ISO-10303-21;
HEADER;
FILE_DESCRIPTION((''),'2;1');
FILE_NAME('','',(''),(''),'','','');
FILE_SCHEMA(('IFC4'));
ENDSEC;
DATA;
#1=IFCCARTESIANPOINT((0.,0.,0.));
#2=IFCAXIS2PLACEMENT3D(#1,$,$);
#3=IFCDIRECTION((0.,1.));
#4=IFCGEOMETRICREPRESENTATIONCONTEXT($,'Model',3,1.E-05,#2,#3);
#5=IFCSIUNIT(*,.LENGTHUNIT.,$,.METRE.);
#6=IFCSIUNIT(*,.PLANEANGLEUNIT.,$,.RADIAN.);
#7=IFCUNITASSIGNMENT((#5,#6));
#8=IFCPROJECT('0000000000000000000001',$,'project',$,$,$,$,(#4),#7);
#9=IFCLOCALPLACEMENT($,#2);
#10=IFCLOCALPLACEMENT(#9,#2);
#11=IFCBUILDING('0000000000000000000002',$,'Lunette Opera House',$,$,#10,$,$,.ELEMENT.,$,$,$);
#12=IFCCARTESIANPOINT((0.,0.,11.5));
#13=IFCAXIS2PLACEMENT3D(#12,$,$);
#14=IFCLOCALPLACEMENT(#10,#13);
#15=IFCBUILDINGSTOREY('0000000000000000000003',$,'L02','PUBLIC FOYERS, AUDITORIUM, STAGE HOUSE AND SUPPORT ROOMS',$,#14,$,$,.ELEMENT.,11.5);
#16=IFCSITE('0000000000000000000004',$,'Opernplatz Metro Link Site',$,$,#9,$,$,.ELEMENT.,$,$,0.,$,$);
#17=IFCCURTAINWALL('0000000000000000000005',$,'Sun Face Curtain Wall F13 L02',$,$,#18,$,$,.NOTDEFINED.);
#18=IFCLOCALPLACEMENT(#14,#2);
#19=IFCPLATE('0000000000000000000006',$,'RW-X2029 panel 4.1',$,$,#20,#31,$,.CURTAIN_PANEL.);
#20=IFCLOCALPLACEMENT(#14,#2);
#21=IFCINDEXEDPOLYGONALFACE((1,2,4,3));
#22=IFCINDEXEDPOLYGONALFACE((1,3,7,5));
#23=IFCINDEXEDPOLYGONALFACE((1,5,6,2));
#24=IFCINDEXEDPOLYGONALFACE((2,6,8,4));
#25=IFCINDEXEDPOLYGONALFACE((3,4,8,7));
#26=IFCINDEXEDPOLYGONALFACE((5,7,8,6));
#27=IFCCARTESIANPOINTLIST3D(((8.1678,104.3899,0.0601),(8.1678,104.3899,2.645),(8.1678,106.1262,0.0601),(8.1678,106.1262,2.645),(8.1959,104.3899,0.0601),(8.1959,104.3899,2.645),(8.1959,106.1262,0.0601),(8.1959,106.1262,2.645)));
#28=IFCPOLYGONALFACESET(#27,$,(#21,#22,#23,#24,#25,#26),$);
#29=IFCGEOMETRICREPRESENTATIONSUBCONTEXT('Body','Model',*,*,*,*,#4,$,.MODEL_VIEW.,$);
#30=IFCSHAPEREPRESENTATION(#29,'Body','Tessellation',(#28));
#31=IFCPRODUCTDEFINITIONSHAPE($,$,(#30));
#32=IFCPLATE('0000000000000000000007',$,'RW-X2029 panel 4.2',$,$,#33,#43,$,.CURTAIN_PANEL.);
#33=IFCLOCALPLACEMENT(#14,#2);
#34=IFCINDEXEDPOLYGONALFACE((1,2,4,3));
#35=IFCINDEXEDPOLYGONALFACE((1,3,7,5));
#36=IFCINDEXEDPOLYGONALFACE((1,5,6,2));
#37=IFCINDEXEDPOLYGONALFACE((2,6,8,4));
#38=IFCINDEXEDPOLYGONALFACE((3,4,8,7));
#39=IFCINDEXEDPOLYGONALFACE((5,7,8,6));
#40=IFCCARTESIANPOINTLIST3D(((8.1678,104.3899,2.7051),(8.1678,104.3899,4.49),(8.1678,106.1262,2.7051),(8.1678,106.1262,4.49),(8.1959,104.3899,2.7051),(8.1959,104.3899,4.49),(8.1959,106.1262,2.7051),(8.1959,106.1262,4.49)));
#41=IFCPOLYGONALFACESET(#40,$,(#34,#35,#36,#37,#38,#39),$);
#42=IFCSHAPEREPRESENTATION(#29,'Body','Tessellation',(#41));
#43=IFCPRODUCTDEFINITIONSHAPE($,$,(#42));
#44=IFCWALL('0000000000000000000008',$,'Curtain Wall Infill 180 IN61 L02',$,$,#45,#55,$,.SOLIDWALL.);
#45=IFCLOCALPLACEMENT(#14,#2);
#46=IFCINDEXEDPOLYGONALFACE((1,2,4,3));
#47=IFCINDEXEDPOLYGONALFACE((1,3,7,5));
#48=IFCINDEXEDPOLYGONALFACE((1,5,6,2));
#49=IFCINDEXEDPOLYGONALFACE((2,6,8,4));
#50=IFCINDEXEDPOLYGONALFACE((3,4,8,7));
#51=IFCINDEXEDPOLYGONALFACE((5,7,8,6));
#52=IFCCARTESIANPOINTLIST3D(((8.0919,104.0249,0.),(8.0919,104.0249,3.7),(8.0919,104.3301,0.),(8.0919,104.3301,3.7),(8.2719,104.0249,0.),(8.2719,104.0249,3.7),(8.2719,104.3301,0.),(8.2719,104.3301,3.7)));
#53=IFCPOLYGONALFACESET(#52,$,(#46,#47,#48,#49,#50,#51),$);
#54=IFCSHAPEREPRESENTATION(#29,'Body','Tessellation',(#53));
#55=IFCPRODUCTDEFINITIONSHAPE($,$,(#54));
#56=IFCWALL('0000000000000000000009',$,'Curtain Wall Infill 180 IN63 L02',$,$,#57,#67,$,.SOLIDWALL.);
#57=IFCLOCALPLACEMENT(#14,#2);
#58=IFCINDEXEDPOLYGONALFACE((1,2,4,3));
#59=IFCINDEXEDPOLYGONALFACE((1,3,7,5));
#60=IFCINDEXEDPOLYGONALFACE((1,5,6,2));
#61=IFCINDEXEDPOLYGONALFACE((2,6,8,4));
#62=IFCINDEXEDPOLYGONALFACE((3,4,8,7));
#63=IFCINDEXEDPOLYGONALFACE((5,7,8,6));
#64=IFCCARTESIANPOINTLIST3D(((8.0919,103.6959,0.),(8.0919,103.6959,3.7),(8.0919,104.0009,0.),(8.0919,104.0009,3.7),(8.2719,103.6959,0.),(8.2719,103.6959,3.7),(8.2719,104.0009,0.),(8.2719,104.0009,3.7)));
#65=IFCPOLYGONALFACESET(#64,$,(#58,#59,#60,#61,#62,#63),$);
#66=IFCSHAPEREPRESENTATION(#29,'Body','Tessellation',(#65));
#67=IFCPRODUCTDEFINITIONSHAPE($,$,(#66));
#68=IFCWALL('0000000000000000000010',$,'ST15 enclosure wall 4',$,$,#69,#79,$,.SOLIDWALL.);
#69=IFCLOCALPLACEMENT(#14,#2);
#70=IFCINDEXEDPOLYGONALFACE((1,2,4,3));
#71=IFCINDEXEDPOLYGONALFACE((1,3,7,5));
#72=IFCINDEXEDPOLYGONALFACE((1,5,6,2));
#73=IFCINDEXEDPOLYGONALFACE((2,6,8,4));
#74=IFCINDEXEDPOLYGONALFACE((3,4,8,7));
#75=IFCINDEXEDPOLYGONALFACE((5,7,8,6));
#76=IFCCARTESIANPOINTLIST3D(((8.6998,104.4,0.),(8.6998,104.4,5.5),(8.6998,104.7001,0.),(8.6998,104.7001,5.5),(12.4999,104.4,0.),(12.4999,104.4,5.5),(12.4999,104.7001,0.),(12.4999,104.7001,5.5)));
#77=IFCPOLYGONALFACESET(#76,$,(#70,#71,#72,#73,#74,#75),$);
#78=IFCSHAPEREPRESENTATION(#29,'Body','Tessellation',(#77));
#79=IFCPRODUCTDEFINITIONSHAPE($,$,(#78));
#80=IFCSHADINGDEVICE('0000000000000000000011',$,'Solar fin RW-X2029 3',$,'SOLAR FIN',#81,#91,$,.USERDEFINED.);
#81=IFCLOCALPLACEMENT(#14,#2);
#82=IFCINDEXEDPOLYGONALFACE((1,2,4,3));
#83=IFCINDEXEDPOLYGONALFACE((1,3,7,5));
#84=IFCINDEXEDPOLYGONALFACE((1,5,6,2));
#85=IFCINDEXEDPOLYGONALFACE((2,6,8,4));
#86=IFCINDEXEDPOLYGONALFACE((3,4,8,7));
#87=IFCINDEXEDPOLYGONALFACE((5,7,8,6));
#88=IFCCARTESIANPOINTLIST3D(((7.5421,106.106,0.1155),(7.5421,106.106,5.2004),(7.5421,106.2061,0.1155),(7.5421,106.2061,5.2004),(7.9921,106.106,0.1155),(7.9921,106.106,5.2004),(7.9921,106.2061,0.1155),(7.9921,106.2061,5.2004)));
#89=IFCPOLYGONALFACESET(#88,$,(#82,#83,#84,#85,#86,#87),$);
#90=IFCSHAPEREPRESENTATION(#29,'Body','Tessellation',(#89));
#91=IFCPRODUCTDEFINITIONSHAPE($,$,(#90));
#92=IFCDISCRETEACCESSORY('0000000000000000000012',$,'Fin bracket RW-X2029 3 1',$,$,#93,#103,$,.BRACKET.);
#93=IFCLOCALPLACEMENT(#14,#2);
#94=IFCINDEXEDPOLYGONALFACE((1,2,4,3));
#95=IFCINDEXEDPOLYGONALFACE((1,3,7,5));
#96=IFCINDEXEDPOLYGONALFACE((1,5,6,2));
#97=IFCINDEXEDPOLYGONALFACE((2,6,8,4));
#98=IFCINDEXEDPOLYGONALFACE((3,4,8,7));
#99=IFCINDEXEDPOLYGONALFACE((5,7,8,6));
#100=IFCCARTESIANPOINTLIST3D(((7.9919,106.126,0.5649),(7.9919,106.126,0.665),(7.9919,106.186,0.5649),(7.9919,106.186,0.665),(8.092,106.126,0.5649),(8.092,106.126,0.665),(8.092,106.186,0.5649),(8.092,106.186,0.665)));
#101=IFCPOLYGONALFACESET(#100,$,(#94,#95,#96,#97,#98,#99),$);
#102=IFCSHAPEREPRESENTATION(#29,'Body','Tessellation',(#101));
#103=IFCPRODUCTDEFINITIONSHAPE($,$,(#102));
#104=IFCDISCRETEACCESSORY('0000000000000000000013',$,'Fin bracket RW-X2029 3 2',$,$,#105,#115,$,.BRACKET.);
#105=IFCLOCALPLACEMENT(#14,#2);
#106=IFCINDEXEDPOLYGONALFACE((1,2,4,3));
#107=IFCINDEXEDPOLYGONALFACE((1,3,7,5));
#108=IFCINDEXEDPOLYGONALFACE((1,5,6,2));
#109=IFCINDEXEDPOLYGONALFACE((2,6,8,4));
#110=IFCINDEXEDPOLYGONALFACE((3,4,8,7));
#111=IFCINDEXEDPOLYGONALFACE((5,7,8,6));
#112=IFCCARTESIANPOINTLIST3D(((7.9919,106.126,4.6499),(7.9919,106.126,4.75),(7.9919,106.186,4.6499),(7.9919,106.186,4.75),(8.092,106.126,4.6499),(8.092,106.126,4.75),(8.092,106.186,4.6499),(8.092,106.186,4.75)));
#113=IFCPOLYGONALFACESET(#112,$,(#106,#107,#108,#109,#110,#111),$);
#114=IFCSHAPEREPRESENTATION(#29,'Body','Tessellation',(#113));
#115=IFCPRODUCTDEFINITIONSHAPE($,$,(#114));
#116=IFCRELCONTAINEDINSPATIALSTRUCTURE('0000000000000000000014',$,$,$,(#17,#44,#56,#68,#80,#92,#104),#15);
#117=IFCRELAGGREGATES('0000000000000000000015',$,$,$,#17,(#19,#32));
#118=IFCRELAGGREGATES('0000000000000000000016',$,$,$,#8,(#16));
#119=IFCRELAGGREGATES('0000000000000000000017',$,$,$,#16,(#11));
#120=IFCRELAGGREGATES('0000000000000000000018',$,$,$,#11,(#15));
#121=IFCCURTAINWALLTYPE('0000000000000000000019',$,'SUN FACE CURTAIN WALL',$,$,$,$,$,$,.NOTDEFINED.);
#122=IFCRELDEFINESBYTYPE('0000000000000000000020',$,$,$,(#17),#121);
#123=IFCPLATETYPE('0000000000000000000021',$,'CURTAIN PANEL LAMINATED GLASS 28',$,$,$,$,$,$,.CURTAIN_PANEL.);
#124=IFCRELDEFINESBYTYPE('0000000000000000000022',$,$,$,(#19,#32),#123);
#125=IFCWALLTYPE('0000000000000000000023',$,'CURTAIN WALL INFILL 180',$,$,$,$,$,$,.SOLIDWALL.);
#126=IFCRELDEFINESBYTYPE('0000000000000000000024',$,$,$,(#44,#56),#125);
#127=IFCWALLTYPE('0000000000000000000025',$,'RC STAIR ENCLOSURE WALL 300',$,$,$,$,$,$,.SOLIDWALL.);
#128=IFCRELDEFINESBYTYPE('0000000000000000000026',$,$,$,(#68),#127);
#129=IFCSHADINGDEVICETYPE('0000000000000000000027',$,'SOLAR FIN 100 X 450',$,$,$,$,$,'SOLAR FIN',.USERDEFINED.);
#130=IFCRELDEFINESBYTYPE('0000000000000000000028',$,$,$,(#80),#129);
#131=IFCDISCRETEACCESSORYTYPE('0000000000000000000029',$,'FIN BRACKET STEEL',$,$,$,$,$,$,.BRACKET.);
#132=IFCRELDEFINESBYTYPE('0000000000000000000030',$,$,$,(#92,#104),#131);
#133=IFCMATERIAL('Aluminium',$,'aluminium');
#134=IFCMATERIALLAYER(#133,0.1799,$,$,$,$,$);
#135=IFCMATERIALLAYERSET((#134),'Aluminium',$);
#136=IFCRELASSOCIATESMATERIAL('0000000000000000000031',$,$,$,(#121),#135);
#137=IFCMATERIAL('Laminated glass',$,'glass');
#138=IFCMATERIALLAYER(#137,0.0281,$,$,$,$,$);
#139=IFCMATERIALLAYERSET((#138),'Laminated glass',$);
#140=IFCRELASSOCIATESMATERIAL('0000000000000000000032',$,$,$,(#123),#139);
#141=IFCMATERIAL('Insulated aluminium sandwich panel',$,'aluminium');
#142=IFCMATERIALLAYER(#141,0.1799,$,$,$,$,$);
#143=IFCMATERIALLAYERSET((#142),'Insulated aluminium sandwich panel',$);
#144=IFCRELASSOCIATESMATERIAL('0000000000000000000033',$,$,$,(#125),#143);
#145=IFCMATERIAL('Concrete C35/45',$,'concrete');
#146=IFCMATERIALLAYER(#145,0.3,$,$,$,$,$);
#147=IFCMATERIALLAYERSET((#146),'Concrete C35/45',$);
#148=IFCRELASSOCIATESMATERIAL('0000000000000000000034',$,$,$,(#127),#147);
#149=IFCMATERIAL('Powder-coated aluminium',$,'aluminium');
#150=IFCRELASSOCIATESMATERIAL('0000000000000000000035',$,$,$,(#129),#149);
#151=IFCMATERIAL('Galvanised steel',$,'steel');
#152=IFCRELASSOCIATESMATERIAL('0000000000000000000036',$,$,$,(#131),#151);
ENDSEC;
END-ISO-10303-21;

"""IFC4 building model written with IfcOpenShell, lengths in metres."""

from ifc_helpers import new_model, si_unit, direction, frame, frame_2d, origin, origin_2d, place, context, subcontext, project, spatial, rectangle, extrude, material, layer, layer_set, type_object, element, aggregate, save


model = new_model("IFC4")

# Units and contexts
model_context = context("Model", 3, precision=1e-05, world=origin(), true_north=direction((0.0, 1.0)))
body_context = subcontext(model_context, "Body", "Model", "MODEL_VIEW")
ifc_project = project(units=[si_unit("LENGTHUNIT", "METRE"), si_unit("PLANEANGLEUNIT", "RADIAN")], contexts=[model_context])

# Site, building, storey
site_placement = place(None, origin())
site = spatial("IfcSite", under=ifc_project, at=site_placement, Name="Opernplatz Metro Link Site", CompositionType="ELEMENT", RefElevation=0.0)
building_placement = place(site_placement, origin())
building = spatial("IfcBuilding", under=site, at=building_placement, Name="Lunette Opera House", CompositionType="ELEMENT")
storey_placement = place(building_placement, frame((0.0, 0.0, 11.5)))
storey = spatial("IfcBuildingStorey", under=building, at=storey_placement, Name="L02", Description="PUBLIC FOYERS, AUDITORIUM, STAGE HOUSE AND SUPPORT ROOMS", CompositionType="ELEMENT", Elevation=11.5)

# Curtain wall
ifc_material_1 = material(Name="Aluminium", Category="aluminium")
ifc_layer_1 = layer(ifc_material_1, 0.1799)
ifc_layer_set_1 = layer_set([ifc_layer_1], Name="Aluminium")
curtain_wall_type = type_object("IfcCurtainWallType", Name="SUN FACE CURTAIN WALL", PredefinedType="NOTDEFINED", material=ifc_layer_set_1)
curtain_wall_1_placement = place(storey_placement, origin())
curtain_wall_1 = element("IfcCurtainWall", 1, at=curtain_wall_1_placement, inside=storey, type_object=curtain_wall_type, Name="Sun Face Curtain Wall F13 L02", PredefinedType="NOTDEFINED")

# Plates
ifc_material_2 = material(Name="Laminated glass", Category="glass")
ifc_layer_2 = layer(ifc_material_2, 0.0281)
ifc_layer_set_2 = layer_set([ifc_layer_2], Name="Laminated glass")
plate_type = type_object("IfcPlateType", Name="CURTAIN PANEL LAMINATED GLASS 28", PredefinedType="CURTAIN_PANEL", material=ifc_layer_set_2)
plate_1_placement = place(storey_placement, frame((8.1819, 105.2581, 0.0601), z_axis=(0.0, 0.0, 1.0), x_axis=(0.0, -1.0, 0.0)))
plate_1 = element("IfcPlate", 2, at=plate_1_placement, type_object=plate_type, Name="RW-X2029 panel 4.1", PredefinedType="CURTAIN_PANEL", context=body_context, shape_type="SweptSolid", body=[
    extrude(rectangle(XDim=1.7363, YDim=0.0281, at=origin_2d()), origin(), (0.0, 0.0, 1.0), 2.585),
])
plate_2_placement = place(storey_placement, frame((8.1819, 105.2581, 2.7051), z_axis=(0.0, 0.0, 1.0), x_axis=(0.0, -1.0, 0.0)))
plate_2 = element("IfcPlate", 3, at=plate_2_placement, type_object=plate_type, Name="RW-X2029 panel 4.2", PredefinedType="CURTAIN_PANEL", context=body_context, shape_type="SweptSolid", body=[
    extrude(rectangle(XDim=1.7363, YDim=0.0281, at=origin_2d()), origin(), (0.0, 0.0, 1.0), 1.7849),
])
aggregate(curtain_wall_1, [plate_1, plate_2])

# Walls
ifc_material_3 = material(Name="Insulated aluminium sandwich panel", Category="aluminium")
ifc_layer_3 = layer(ifc_material_3, 0.1799)
ifc_layer_set_3 = layer_set([ifc_layer_3], Name="Insulated aluminium sandwich panel")
wall_type_1 = type_object("IfcWallType", Name="CURTAIN WALL INFILL 180", PredefinedType="SOLIDWALL", material=ifc_layer_set_3)
wall_1_placement = place(storey_placement, frame((8.1819, 104.3301, 0.0), z_axis=(0.0, 0.0, 1.0), x_axis=(0.0, -1.0, 0.0)))
element("IfcWall", 4, at=wall_1_placement, inside=storey, type_object=wall_type_1, Name="Curtain Wall Infill 180 IN61 L02", PredefinedType="SOLIDWALL", context=body_context, shape_type="SweptSolid", body=[
    extrude(rectangle(XDim=0.3052, YDim=0.1799, at=frame_2d((0.1526, 0.0))), origin(), (0.0, 0.0, 1.0), 3.7),
])
wall_2_placement = place(storey_placement, frame((8.1819, 103.696, 0.0), z_axis=(0.0, 0.0, 1.0), x_axis=(0.0, 1.0, 0.0)))
element("IfcWall", 5, at=wall_2_placement, inside=storey, type_object=wall_type_1, Name="Curtain Wall Infill 180 IN63 L02", PredefinedType="SOLIDWALL", context=body_context, shape_type="SweptSolid", body=[
    extrude(rectangle(XDim=0.3049, YDim=0.1799, at=frame_2d((0.1523, 0.0))), origin(), (0.0, 0.0, 1.0), 3.7),
])
ifc_material_4 = material(Name="Concrete C35/45", Category="concrete")
ifc_layer_4 = layer(ifc_material_4, 0.3)
ifc_layer_set_4 = layer_set([ifc_layer_4], Name="Concrete C35/45")
wall_type_2 = type_object("IfcWallType", Name="RC STAIR ENCLOSURE WALL 300", PredefinedType="SOLIDWALL", material=ifc_layer_set_4)
wall_3_placement = place(storey_placement, frame((8.7, 104.55, 0.0), z_axis=(0.0, 0.0, 1.0), x_axis=(1.0, 0.0, 0.0)))
element("IfcWall", 6, at=wall_3_placement, inside=storey, type_object=wall_type_2, Name="ST15 enclosure wall 4", PredefinedType="SOLIDWALL", context=body_context, shape_type="SweptSolid", body=[
    extrude(rectangle(XDim=3.8, YDim=0.3, at=frame_2d((1.8999, 0.0))), origin(), (0.0, 0.0, 1.0), 5.5),
])

# Shading device
ifc_material_5 = material(Name="Powder-coated aluminium", Category="aluminium")
shading_device_type = type_object("IfcShadingDeviceType", Name="SOLAR FIN 100 X 450", ElementType="SOLAR FIN", PredefinedType="USERDEFINED", material=ifc_material_5)
shading_device_placement = place(storey_placement, frame((7.7671, 106.156, 0.1155), z_axis=(0.0, 0.0, 1.0), x_axis=(-1.0, 0.0, 0.0)))
element("IfcShadingDevice", 7, at=shading_device_placement, inside=storey, type_object=shading_device_type, Name="Solar fin RW-X2029 3", ObjectType="SOLAR FIN", PredefinedType="USERDEFINED", context=body_context, shape_type="SweptSolid", body=[
    extrude(rectangle(XDim=0.45, YDim=0.1001, at=origin_2d()), origin(), (0.0, 0.0, 1.0), 5.085),
])

# Discrete accessories
ifc_material_6 = material(Name="Galvanised steel", Category="steel")
discrete_accessory_type = type_object("IfcDiscreteAccessoryType", Name="FIN BRACKET STEEL", PredefinedType="BRACKET", material=ifc_material_6)
for number, where, z_axis, x_axis, name in (
    (8, (8.042, 106.156, 0.5649), (0.0, 0.0, 1.0), (-1.0, 0.0, 0.0), "Fin bracket RW-X2029 3 1"),
    (9, (8.042, 106.156, 4.6499), (0.0, 0.0, 1.0), (-1.0, 0.0, 0.0), "Fin bracket RW-X2029 3 2"),
):
    element("IfcDiscreteAccessory", number, at=place(storey_placement, frame(where, z_axis=z_axis, x_axis=x_axis)), inside=storey, type_object=discrete_accessory_type, Name=name, PredefinedType="BRACKET", context=body_context, shape_type="SweptSolid", body=[
        extrude(rectangle(XDim=0.1001, YDim=0.0601, at=origin_2d()), origin(), (0.0, 0.0, 1.0), 0.1001),
    ])

save(model, "model.ifc")
